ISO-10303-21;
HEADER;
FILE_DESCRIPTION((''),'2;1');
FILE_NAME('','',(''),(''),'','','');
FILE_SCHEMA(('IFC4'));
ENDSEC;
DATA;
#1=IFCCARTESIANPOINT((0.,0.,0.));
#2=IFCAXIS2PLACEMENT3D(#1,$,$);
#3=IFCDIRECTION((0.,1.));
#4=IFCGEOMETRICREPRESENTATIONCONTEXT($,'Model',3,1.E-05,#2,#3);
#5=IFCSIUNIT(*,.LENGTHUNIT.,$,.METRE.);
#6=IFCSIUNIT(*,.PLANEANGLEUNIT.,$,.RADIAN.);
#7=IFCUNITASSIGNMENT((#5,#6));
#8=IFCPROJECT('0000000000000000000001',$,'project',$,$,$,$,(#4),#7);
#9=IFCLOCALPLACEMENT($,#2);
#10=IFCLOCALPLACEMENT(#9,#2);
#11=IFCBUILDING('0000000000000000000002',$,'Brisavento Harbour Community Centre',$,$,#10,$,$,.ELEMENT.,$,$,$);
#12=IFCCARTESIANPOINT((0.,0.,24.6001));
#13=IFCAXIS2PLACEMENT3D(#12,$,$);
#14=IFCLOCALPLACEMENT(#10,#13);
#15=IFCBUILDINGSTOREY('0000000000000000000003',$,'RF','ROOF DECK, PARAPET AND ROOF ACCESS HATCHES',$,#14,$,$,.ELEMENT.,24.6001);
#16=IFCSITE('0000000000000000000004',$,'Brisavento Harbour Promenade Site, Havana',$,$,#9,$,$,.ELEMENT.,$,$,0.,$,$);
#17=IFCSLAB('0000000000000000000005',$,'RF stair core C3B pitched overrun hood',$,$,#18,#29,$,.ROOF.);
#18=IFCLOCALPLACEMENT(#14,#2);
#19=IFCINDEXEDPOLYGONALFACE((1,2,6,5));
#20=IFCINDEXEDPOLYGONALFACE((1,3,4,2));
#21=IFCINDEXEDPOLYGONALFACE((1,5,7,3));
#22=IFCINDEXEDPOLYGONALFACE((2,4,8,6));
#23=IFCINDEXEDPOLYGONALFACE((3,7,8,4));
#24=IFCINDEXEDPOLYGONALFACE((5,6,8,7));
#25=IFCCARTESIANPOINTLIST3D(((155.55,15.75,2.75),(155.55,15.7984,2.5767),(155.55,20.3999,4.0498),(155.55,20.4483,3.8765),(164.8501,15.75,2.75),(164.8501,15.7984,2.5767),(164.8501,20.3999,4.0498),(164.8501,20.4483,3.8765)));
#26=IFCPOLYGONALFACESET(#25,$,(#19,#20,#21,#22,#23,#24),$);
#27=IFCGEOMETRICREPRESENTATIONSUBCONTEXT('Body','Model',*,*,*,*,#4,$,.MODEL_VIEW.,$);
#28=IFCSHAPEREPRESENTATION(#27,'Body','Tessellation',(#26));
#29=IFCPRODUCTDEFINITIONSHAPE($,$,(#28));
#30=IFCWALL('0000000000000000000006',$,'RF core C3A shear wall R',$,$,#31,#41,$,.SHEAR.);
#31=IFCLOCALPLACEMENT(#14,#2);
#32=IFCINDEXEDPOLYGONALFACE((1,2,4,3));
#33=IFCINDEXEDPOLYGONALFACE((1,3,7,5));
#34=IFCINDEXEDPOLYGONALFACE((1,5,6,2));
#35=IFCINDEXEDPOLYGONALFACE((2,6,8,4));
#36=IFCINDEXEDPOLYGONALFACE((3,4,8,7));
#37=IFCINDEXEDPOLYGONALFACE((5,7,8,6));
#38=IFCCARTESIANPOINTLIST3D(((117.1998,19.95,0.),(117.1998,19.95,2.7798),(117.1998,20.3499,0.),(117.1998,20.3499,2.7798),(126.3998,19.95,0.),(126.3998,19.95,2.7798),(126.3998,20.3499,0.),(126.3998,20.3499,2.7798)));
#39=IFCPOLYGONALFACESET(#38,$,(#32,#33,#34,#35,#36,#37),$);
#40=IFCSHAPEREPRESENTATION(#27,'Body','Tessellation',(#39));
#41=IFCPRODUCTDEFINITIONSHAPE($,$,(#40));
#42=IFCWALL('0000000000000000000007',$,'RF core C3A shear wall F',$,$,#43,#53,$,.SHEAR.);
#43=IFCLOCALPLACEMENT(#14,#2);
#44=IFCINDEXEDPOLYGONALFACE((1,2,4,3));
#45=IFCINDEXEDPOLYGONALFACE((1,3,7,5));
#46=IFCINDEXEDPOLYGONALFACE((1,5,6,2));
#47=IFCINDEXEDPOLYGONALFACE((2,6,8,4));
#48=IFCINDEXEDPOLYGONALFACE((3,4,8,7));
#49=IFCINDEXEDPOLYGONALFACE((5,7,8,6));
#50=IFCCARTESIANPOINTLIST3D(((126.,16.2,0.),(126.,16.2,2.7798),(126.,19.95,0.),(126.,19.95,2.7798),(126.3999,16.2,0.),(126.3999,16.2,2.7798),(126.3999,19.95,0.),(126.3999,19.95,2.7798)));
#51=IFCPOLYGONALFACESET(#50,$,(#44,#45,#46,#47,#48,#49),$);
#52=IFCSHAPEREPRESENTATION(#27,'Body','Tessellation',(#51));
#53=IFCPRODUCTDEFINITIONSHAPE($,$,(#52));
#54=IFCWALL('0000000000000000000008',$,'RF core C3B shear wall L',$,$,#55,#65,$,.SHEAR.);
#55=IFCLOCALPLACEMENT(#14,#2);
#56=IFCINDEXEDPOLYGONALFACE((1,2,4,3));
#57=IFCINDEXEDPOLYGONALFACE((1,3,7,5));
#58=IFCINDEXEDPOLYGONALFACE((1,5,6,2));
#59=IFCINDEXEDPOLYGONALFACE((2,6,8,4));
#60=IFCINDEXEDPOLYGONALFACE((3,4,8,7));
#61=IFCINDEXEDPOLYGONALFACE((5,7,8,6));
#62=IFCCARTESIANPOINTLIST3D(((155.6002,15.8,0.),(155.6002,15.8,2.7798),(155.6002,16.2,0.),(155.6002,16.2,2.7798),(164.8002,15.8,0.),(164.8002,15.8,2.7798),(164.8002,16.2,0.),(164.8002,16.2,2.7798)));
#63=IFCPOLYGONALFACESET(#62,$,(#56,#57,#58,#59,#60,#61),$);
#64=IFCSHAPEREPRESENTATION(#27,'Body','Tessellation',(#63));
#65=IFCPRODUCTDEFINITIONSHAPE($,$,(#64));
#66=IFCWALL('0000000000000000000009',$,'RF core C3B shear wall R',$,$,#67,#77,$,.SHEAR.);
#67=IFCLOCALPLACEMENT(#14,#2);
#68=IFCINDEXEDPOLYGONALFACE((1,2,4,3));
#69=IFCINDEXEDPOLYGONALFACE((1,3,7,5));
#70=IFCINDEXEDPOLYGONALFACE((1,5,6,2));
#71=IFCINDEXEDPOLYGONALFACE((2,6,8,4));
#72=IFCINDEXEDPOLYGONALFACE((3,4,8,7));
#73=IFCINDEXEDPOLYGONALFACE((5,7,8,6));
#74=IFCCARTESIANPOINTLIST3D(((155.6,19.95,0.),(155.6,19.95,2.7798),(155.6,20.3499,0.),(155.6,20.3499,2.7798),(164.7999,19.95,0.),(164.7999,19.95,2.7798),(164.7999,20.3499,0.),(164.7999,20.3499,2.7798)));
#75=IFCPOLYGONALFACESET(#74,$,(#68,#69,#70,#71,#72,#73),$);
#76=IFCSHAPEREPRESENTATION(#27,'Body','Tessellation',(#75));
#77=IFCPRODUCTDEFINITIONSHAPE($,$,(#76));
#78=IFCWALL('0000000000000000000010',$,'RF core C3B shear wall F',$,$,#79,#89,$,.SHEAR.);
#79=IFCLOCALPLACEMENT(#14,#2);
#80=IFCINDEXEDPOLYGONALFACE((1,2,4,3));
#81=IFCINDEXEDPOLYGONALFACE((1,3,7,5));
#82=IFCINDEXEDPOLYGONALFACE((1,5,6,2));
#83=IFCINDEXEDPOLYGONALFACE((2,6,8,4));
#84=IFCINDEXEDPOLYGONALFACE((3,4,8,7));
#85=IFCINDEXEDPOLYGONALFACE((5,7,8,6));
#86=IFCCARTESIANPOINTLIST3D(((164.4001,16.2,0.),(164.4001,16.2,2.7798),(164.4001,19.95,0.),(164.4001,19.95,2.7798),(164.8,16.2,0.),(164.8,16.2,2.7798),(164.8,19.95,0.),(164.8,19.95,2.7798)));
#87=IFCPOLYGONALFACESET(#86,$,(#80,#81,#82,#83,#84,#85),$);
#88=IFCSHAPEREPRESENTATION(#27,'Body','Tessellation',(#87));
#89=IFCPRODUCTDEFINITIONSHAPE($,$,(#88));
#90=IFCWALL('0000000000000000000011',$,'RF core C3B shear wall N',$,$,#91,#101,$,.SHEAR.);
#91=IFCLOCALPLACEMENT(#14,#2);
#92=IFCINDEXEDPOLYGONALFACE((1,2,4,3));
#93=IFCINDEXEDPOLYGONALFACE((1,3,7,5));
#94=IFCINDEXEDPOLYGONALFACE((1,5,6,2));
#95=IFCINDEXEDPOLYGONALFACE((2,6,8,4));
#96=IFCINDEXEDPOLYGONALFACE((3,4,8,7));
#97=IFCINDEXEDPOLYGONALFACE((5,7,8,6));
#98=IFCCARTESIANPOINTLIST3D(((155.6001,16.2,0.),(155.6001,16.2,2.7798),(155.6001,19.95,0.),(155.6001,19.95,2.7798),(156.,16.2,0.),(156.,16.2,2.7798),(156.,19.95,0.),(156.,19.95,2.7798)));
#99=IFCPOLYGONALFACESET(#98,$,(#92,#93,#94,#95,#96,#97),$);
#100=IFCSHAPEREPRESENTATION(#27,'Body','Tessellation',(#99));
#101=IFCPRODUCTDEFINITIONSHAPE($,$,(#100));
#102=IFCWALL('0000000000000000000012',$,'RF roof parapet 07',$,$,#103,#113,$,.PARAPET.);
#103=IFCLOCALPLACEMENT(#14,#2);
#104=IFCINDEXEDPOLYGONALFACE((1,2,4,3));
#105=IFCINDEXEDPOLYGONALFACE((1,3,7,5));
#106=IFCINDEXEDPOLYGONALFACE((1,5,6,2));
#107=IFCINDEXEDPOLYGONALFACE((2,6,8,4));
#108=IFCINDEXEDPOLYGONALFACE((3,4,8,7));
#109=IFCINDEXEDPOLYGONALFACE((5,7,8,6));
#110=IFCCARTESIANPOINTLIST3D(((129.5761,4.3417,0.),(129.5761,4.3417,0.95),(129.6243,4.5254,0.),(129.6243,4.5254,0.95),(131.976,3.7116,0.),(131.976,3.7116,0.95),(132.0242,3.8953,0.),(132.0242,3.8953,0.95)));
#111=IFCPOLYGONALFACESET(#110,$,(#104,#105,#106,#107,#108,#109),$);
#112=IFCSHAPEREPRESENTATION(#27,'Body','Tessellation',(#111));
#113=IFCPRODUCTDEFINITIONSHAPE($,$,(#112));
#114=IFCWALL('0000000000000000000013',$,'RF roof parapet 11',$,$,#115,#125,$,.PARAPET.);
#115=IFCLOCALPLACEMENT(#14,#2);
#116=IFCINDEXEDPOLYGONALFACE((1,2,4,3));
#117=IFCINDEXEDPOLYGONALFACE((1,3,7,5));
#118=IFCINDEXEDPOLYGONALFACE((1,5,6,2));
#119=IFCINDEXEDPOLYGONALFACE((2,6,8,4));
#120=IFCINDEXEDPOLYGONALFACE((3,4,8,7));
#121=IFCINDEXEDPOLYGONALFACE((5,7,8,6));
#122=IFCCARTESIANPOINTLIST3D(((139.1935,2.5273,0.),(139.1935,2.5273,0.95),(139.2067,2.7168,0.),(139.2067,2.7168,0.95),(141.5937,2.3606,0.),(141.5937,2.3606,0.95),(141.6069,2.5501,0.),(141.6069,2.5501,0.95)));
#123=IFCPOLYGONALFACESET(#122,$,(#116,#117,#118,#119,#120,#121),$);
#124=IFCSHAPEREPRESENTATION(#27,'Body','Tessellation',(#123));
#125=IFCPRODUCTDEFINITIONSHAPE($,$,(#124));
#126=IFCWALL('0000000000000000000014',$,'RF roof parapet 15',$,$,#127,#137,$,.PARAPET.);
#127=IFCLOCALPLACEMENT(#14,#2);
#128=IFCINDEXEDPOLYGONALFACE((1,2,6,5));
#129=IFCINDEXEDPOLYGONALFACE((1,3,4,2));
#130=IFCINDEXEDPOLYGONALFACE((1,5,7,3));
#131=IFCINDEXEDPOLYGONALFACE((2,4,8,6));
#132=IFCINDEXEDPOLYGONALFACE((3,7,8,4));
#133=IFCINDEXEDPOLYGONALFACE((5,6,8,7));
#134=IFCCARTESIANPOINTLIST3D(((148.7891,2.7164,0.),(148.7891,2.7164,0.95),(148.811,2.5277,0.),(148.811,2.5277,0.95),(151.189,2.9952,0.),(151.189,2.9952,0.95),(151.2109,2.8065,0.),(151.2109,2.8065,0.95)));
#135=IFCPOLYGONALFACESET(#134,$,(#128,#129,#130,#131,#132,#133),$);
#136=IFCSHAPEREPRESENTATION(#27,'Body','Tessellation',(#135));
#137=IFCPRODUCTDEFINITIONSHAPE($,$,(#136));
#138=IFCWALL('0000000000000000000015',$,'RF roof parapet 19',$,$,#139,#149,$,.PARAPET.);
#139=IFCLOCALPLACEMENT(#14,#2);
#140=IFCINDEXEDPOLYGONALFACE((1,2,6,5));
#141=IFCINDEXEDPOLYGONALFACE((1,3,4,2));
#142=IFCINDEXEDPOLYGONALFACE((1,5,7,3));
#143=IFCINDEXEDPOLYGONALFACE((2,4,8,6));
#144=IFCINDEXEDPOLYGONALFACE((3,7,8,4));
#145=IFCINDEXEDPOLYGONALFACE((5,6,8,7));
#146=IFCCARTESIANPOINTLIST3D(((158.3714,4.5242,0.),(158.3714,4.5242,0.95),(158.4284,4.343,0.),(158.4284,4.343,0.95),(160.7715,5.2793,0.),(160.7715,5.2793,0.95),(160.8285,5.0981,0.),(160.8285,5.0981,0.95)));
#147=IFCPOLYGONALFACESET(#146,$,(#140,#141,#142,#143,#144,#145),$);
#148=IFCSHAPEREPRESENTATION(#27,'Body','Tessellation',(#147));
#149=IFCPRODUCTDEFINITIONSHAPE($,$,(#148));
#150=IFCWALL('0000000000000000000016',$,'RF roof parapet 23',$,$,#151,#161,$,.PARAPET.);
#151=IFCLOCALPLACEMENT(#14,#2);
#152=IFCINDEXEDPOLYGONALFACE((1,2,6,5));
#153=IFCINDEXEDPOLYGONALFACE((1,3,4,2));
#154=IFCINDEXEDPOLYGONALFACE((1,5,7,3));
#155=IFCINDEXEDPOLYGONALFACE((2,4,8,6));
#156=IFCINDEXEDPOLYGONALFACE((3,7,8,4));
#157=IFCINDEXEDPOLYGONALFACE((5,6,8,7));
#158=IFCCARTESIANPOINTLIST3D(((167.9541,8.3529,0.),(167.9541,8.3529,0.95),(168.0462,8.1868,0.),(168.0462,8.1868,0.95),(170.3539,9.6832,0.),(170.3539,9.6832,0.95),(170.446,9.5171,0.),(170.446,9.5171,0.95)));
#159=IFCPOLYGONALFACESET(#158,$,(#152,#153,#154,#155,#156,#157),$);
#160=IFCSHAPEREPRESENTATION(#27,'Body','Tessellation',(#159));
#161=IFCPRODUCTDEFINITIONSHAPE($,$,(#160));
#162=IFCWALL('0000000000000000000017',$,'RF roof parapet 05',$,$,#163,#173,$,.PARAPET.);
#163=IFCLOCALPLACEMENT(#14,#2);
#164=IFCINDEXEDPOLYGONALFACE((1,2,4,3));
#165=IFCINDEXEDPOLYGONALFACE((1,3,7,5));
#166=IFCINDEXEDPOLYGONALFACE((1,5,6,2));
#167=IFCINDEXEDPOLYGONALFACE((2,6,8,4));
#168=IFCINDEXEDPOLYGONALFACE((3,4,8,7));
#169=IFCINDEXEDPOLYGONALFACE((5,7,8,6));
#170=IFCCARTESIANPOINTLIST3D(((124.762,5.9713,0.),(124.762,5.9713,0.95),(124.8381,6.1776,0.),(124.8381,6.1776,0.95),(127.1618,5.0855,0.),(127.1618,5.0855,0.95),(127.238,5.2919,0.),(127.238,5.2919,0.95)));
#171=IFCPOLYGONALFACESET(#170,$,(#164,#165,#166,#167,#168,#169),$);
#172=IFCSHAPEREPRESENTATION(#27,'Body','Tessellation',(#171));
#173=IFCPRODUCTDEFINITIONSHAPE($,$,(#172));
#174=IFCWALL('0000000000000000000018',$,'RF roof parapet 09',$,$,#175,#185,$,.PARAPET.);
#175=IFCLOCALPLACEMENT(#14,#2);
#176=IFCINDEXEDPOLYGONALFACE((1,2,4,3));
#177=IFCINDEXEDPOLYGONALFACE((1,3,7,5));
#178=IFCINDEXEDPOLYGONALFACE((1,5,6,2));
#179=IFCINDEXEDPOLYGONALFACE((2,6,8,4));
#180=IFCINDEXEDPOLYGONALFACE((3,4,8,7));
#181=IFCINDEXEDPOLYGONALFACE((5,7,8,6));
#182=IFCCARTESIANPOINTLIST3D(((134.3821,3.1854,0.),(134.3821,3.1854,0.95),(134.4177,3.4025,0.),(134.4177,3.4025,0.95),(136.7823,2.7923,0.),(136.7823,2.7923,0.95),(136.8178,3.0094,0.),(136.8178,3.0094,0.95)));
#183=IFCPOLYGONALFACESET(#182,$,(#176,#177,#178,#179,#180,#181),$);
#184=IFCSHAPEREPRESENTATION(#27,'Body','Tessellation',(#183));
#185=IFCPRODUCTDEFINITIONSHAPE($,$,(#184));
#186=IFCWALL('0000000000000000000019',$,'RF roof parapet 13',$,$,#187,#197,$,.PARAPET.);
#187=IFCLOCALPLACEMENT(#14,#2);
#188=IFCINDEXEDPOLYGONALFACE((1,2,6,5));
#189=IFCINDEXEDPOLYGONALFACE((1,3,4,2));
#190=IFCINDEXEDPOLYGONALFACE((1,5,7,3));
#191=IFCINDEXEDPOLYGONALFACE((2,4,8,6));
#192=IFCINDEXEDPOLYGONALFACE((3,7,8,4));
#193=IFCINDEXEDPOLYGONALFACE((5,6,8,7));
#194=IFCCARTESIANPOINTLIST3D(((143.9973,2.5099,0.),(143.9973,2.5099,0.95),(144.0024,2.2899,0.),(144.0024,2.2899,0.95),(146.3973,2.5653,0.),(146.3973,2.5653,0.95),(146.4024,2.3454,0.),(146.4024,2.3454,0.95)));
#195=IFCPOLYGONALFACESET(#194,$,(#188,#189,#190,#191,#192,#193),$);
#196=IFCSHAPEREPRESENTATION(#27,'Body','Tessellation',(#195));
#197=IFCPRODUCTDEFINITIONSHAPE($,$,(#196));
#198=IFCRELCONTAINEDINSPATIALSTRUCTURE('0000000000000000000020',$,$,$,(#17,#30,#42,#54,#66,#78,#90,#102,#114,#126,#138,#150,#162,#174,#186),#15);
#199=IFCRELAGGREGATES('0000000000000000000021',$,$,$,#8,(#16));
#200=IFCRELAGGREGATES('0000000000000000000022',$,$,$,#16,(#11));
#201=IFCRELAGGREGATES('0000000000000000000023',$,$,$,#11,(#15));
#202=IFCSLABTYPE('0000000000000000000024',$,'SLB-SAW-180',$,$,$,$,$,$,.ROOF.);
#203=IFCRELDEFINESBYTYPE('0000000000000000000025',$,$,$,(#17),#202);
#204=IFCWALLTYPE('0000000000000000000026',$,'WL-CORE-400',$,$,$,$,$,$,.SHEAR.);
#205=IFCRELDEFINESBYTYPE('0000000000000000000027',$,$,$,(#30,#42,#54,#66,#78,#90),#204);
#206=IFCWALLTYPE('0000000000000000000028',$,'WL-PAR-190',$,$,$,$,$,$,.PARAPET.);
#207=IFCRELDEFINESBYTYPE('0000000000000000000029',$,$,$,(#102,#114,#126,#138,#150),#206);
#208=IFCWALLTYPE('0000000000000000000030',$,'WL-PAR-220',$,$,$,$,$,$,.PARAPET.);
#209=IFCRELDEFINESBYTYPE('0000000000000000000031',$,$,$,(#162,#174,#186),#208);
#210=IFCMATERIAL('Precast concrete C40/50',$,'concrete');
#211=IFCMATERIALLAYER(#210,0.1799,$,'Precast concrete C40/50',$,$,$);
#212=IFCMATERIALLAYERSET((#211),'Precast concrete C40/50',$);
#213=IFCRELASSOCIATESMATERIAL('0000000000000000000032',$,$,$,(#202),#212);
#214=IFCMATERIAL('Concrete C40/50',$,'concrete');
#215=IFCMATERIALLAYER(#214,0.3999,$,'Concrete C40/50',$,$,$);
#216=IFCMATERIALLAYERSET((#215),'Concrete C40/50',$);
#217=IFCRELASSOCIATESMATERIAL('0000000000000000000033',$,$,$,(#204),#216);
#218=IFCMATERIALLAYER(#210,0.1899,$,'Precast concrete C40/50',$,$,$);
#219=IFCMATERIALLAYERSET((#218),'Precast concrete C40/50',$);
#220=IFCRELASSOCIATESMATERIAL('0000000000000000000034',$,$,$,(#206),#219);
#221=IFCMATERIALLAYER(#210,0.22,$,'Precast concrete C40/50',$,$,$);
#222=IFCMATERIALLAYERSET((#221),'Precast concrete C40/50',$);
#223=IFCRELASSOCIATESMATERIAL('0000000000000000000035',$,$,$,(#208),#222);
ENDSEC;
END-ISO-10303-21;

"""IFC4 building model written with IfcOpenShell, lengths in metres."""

from ifc_helpers import new_model, si_unit, direction, frame, frame_2d, origin, place, context, subcontext, project, spatial, polyline, rectangle, outline, extrude, material, layer, layer_set, type_object, element, save


model = new_model("IFC4")

# Units and contexts
model_context = context("Model", 3, precision=1e-05, world=origin(), true_north=direction((0.0, 1.0)))
body_context = subcontext(model_context, "Body", "Model", "MODEL_VIEW")
ifc_project = project(units=[si_unit("LENGTHUNIT", "METRE"), si_unit("PLANEANGLEUNIT", "RADIAN")], contexts=[model_context])

# Site, building, storey
site_placement = place(None, origin())
site = spatial("IfcSite", under=ifc_project, at=site_placement, Name="Brisavento Harbour Promenade Site, Havana", CompositionType="ELEMENT", RefElevation=0.0)
building_placement = place(site_placement, origin())
building = spatial("IfcBuilding", under=site, at=building_placement, Name="Brisavento Harbour Community Centre", CompositionType="ELEMENT")
storey_placement = place(building_placement, frame((0.0, 0.0, 24.6001)))
storey = spatial("IfcBuildingStorey", under=building, at=storey_placement, Name="RF", Description="ROOF DECK, PARAPET AND ROOF ACCESS HATCHES", CompositionType="ELEMENT", Elevation=24.6001)

# Slab
ifc_material_1 = material(Name="Precast concrete C40/50", Category="concrete")
ifc_layer_1 = layer(ifc_material_1, 0.1799, Name="Precast concrete C40/50")
ifc_layer_set_1 = layer_set([ifc_layer_1], Name="Precast concrete C40/50")
slab_type = type_object("IfcSlabType", Name="SLB-SAW-180", PredefinedType="ROOF", material=ifc_layer_set_1)
slab_placement = place(storey_placement, frame((155.55, 15.75, 2.75), z_axis=(0.0, -0.269214, 0.963081), x_axis=(1.0, 0.0, 0.0)))
element("IfcSlab", 1, at=slab_placement, inside=storey, type_object=slab_type, Name="RF stair core C3B pitched overrun hood", PredefinedType="ROOF", context=body_context, shape_type="SweptSolid", body=[
    extrude(outline(polyline([(0.0, 0.0), (9.3, 0.0), (9.3, 4.8282), (0.0, 4.8282), (0.0, 0.0)])), origin(), (0.0, 0.0, -1.0), 0.1799),
])

# Walls
ifc_material_2 = material(Name="Concrete C40/50", Category="concrete")
ifc_layer_2 = layer(ifc_material_2, 0.3999, Name="Concrete C40/50")
ifc_layer_set_2 = layer_set([ifc_layer_2], Name="Concrete C40/50")
wall_type_1 = type_object("IfcWallType", Name="WL-CORE-400", PredefinedType="SHEAR", material=ifc_layer_set_2)
wall_1_placement = place(storey_placement, frame((126.3999, 20.1499, 0.0), z_axis=(0.0, 0.0, 1.0), x_axis=(-1.0, 0.0, 0.0)))
element("IfcWall", 2, at=wall_1_placement, inside=storey, type_object=wall_type_1, Name="RF core C3A shear wall R", PredefinedType="SHEAR", context=body_context, shape_type="SweptSolid", body=[
    extrude(rectangle(XDim=9.2, YDim=0.3999, at=frame_2d((4.6001, 0.0))), origin(), (0.0, 0.0, 1.0), 2.7798),
])
wall_2_placement = place(storey_placement, frame((126.2, 16.2, 0.0), z_axis=(0.0, 0.0, 1.0), x_axis=(0.0, 1.0, 0.0)))
element("IfcWall", 3, at=wall_2_placement, inside=storey, type_object=wall_type_1, Name="RF core C3A shear wall F", PredefinedType="SHEAR", context=body_context, shape_type="SweptSolid", body=[
    extrude(rectangle(XDim=3.75, YDim=0.3999, at=frame_2d((1.875, 0.0))), origin(), (0.0, 0.0, 1.0), 2.7798),
])
for number, where, z_axis, x_axis, name in (
    (4, (155.6001, 16.0, 0.0), (0.0, 0.0, 1.0), (1.0, 0.0, 0.0), "RF core C3B shear wall L"),
    (5, (164.8, 20.1499, 0.0), (0.0, 0.0, 1.0), (-1.0, 0.0, 0.0), "RF core C3B shear wall R"),
):
    element("IfcWall", number, at=place(storey_placement, frame(where, z_axis=z_axis, x_axis=x_axis)), inside=storey, type_object=wall_type_1, Name=name, PredefinedType="SHEAR", context=body_context, shape_type="SweptSolid", body=[
        extrude(rectangle(XDim=9.2, YDim=0.3999, at=frame_2d((4.6001, 0.0))), origin(), (0.0, 0.0, 1.0), 2.7798),
    ])
for number, where, z_axis, x_axis, name in (
    (6, (164.6001, 16.2, 0.0), (0.0, 0.0, 1.0), (0.0, 1.0, 0.0), "RF core C3B shear wall F"),
    (7, (155.8, 19.95, 0.0), (0.0, 0.0, 1.0), (0.0, -1.0, 0.0), "RF core C3B shear wall N"),
):
    element("IfcWall", number, at=place(storey_placement, frame(where, z_axis=z_axis, x_axis=x_axis)), inside=storey, type_object=wall_type_1, Name=name, PredefinedType="SHEAR", context=body_context, shape_type="SweptSolid", body=[
        extrude(rectangle(XDim=3.75, YDim=0.3999, at=frame_2d((1.875, 0.0))), origin(), (0.0, 0.0, 1.0), 2.7798),
    ])
ifc_layer_3 = layer(ifc_material_1, 0.1899, Name="Precast concrete C40/50")
ifc_layer_set_3 = layer_set([ifc_layer_3], Name="Precast concrete C40/50")
wall_type_2 = type_object("IfcWallType", Name="WL-PAR-190", PredefinedType="PARAPET", material=ifc_layer_set_3)
wall_3_placement = place(storey_placement, frame((129.6001, 4.4336, 0.0), z_axis=(0.0, 0.0, 1.0), x_axis=(0.967216, -0.253956, 0.0)))
element("IfcWall", 8, at=wall_3_placement, inside=storey, type_object=wall_type_2, Name="RF roof parapet 07", PredefinedType="PARAPET", context=body_context, shape_type="SweptSolid", body=[
    extrude(rectangle(XDim=2.4812, YDim=0.1899, at=frame_2d((1.2407, 0.0))), origin(), (0.0, 0.0, 1.0), 0.95),
])
wall_4_placement = place(storey_placement, frame((139.2, 2.6221, 0.0), z_axis=(0.0, 0.0, 1.0), x_axis=(0.997595, -0.069307, 0.0)))
element("IfcWall", 9, at=wall_4_placement, inside=storey, type_object=wall_type_2, Name="RF roof parapet 11", PredefinedType="PARAPET", context=body_context, shape_type="SweptSolid", body=[
    extrude(rectangle(XDim=2.406, YDim=0.1899, at=frame_2d((1.2031, 0.0))), origin(), (0.0, 0.0, 1.0), 0.95),
])
wall_5_placement = place(storey_placement, frame((148.8, 2.6221, 0.0), z_axis=(0.0, 0.0, 1.0), x_axis=(0.993319, 0.115399, 0.0)))
element("IfcWall", 10, at=wall_5_placement, inside=storey, type_object=wall_type_2, Name="RF roof parapet 15", PredefinedType="PARAPET", context=body_context, shape_type="SweptSolid", body=[
    extrude(rectangle(XDim=2.416, YDim=0.1899, at=frame_2d((1.208, 0.0))), origin(), (0.0, 0.0, 1.0), 0.95),
])
wall_6_placement = place(storey_placement, frame((158.3999, 4.4336, 0.0), z_axis=(0.0, 0.0, 1.0), x_axis=(0.953903, 0.300114, 0.0)))
element("IfcWall", 11, at=wall_6_placement, inside=storey, type_object=wall_type_2, Name="RF roof parapet 19", PredefinedType="PARAPET", context=body_context, shape_type="SweptSolid", body=[
    extrude(rectangle(XDim=2.5161, YDim=0.1899, at=frame_2d((1.2581, 0.0))), origin(), (0.0, 0.0, 1.0), 0.95),
])
wall_7_placement = place(storey_placement, frame((168.0, 8.2698, 0.0), z_axis=(0.0, 0.0, 1.0), x_axis=(0.874614, 0.484819, 0.0)))
element("IfcWall", 12, at=wall_7_placement, inside=storey, type_object=wall_type_2, Name="RF roof parapet 23", PredefinedType="PARAPET", context=body_context, shape_type="SweptSolid", body=[
    extrude(rectangle(XDim=2.7439, YDim=0.1899, at=frame_2d((1.3721, 0.0))), origin(), (0.0, 0.0, 1.0), 0.95),
])
ifc_layer_4 = layer(ifc_material_1, 0.22, Name="Precast concrete C40/50")
ifc_layer_set_4 = layer_set([ifc_layer_4], Name="Precast concrete C40/50")
wall_type_3 = type_object("IfcWallType", Name="WL-PAR-220", PredefinedType="PARAPET", material=ifc_layer_set_4)
wall_8_placement = place(storey_placement, frame((124.8, 6.0745, 0.0), z_axis=(0.0, 0.0, 1.0), x_axis=(0.938144, -0.346245, 0.0)))
element("IfcWall", 13, at=wall_8_placement, inside=storey, type_object=wall_type_3, Name="RF roof parapet 05", PredefinedType="PARAPET", context=body_context, shape_type="SweptSolid", body=[
    extrude(rectangle(XDim=2.5581, YDim=0.22, at=frame_2d((1.2791, 0.0))), origin(), (0.0, 0.0, 1.0), 0.95),
])
wall_9_placement = place(storey_placement, frame((134.3999, 3.2939, 0.0), z_axis=(0.0, 0.0, 1.0), x_axis=(0.986854, -0.161615, 0.0)))
element("IfcWall", 14, at=wall_9_placement, inside=storey, type_object=wall_type_3, Name="RF roof parapet 09", PredefinedType="PARAPET", context=body_context, shape_type="SweptSolid", body=[
    extrude(rectangle(XDim=2.4321, YDim=0.22, at=frame_2d((1.2161, 0.0))), origin(), (0.0, 0.0, 1.0), 0.95),
])
wall_10_placement = place(storey_placement, frame((144.0, 2.3999, 0.0), z_axis=(0.0, 0.0, 1.0), x_axis=(0.999733, 0.023086, 0.0)))
element("IfcWall", 15, at=wall_10_placement, inside=storey, type_object=wall_type_3, Name="RF roof parapet 13", PredefinedType="PARAPET", context=body_context, shape_type="SweptSolid", body=[
    extrude(rectangle(XDim=2.4006, YDim=0.22, at=frame_2d((1.2002, 0.0))), origin(), (0.0, 0.0, 1.0), 0.95),
])

save(model, "model.ifc")
